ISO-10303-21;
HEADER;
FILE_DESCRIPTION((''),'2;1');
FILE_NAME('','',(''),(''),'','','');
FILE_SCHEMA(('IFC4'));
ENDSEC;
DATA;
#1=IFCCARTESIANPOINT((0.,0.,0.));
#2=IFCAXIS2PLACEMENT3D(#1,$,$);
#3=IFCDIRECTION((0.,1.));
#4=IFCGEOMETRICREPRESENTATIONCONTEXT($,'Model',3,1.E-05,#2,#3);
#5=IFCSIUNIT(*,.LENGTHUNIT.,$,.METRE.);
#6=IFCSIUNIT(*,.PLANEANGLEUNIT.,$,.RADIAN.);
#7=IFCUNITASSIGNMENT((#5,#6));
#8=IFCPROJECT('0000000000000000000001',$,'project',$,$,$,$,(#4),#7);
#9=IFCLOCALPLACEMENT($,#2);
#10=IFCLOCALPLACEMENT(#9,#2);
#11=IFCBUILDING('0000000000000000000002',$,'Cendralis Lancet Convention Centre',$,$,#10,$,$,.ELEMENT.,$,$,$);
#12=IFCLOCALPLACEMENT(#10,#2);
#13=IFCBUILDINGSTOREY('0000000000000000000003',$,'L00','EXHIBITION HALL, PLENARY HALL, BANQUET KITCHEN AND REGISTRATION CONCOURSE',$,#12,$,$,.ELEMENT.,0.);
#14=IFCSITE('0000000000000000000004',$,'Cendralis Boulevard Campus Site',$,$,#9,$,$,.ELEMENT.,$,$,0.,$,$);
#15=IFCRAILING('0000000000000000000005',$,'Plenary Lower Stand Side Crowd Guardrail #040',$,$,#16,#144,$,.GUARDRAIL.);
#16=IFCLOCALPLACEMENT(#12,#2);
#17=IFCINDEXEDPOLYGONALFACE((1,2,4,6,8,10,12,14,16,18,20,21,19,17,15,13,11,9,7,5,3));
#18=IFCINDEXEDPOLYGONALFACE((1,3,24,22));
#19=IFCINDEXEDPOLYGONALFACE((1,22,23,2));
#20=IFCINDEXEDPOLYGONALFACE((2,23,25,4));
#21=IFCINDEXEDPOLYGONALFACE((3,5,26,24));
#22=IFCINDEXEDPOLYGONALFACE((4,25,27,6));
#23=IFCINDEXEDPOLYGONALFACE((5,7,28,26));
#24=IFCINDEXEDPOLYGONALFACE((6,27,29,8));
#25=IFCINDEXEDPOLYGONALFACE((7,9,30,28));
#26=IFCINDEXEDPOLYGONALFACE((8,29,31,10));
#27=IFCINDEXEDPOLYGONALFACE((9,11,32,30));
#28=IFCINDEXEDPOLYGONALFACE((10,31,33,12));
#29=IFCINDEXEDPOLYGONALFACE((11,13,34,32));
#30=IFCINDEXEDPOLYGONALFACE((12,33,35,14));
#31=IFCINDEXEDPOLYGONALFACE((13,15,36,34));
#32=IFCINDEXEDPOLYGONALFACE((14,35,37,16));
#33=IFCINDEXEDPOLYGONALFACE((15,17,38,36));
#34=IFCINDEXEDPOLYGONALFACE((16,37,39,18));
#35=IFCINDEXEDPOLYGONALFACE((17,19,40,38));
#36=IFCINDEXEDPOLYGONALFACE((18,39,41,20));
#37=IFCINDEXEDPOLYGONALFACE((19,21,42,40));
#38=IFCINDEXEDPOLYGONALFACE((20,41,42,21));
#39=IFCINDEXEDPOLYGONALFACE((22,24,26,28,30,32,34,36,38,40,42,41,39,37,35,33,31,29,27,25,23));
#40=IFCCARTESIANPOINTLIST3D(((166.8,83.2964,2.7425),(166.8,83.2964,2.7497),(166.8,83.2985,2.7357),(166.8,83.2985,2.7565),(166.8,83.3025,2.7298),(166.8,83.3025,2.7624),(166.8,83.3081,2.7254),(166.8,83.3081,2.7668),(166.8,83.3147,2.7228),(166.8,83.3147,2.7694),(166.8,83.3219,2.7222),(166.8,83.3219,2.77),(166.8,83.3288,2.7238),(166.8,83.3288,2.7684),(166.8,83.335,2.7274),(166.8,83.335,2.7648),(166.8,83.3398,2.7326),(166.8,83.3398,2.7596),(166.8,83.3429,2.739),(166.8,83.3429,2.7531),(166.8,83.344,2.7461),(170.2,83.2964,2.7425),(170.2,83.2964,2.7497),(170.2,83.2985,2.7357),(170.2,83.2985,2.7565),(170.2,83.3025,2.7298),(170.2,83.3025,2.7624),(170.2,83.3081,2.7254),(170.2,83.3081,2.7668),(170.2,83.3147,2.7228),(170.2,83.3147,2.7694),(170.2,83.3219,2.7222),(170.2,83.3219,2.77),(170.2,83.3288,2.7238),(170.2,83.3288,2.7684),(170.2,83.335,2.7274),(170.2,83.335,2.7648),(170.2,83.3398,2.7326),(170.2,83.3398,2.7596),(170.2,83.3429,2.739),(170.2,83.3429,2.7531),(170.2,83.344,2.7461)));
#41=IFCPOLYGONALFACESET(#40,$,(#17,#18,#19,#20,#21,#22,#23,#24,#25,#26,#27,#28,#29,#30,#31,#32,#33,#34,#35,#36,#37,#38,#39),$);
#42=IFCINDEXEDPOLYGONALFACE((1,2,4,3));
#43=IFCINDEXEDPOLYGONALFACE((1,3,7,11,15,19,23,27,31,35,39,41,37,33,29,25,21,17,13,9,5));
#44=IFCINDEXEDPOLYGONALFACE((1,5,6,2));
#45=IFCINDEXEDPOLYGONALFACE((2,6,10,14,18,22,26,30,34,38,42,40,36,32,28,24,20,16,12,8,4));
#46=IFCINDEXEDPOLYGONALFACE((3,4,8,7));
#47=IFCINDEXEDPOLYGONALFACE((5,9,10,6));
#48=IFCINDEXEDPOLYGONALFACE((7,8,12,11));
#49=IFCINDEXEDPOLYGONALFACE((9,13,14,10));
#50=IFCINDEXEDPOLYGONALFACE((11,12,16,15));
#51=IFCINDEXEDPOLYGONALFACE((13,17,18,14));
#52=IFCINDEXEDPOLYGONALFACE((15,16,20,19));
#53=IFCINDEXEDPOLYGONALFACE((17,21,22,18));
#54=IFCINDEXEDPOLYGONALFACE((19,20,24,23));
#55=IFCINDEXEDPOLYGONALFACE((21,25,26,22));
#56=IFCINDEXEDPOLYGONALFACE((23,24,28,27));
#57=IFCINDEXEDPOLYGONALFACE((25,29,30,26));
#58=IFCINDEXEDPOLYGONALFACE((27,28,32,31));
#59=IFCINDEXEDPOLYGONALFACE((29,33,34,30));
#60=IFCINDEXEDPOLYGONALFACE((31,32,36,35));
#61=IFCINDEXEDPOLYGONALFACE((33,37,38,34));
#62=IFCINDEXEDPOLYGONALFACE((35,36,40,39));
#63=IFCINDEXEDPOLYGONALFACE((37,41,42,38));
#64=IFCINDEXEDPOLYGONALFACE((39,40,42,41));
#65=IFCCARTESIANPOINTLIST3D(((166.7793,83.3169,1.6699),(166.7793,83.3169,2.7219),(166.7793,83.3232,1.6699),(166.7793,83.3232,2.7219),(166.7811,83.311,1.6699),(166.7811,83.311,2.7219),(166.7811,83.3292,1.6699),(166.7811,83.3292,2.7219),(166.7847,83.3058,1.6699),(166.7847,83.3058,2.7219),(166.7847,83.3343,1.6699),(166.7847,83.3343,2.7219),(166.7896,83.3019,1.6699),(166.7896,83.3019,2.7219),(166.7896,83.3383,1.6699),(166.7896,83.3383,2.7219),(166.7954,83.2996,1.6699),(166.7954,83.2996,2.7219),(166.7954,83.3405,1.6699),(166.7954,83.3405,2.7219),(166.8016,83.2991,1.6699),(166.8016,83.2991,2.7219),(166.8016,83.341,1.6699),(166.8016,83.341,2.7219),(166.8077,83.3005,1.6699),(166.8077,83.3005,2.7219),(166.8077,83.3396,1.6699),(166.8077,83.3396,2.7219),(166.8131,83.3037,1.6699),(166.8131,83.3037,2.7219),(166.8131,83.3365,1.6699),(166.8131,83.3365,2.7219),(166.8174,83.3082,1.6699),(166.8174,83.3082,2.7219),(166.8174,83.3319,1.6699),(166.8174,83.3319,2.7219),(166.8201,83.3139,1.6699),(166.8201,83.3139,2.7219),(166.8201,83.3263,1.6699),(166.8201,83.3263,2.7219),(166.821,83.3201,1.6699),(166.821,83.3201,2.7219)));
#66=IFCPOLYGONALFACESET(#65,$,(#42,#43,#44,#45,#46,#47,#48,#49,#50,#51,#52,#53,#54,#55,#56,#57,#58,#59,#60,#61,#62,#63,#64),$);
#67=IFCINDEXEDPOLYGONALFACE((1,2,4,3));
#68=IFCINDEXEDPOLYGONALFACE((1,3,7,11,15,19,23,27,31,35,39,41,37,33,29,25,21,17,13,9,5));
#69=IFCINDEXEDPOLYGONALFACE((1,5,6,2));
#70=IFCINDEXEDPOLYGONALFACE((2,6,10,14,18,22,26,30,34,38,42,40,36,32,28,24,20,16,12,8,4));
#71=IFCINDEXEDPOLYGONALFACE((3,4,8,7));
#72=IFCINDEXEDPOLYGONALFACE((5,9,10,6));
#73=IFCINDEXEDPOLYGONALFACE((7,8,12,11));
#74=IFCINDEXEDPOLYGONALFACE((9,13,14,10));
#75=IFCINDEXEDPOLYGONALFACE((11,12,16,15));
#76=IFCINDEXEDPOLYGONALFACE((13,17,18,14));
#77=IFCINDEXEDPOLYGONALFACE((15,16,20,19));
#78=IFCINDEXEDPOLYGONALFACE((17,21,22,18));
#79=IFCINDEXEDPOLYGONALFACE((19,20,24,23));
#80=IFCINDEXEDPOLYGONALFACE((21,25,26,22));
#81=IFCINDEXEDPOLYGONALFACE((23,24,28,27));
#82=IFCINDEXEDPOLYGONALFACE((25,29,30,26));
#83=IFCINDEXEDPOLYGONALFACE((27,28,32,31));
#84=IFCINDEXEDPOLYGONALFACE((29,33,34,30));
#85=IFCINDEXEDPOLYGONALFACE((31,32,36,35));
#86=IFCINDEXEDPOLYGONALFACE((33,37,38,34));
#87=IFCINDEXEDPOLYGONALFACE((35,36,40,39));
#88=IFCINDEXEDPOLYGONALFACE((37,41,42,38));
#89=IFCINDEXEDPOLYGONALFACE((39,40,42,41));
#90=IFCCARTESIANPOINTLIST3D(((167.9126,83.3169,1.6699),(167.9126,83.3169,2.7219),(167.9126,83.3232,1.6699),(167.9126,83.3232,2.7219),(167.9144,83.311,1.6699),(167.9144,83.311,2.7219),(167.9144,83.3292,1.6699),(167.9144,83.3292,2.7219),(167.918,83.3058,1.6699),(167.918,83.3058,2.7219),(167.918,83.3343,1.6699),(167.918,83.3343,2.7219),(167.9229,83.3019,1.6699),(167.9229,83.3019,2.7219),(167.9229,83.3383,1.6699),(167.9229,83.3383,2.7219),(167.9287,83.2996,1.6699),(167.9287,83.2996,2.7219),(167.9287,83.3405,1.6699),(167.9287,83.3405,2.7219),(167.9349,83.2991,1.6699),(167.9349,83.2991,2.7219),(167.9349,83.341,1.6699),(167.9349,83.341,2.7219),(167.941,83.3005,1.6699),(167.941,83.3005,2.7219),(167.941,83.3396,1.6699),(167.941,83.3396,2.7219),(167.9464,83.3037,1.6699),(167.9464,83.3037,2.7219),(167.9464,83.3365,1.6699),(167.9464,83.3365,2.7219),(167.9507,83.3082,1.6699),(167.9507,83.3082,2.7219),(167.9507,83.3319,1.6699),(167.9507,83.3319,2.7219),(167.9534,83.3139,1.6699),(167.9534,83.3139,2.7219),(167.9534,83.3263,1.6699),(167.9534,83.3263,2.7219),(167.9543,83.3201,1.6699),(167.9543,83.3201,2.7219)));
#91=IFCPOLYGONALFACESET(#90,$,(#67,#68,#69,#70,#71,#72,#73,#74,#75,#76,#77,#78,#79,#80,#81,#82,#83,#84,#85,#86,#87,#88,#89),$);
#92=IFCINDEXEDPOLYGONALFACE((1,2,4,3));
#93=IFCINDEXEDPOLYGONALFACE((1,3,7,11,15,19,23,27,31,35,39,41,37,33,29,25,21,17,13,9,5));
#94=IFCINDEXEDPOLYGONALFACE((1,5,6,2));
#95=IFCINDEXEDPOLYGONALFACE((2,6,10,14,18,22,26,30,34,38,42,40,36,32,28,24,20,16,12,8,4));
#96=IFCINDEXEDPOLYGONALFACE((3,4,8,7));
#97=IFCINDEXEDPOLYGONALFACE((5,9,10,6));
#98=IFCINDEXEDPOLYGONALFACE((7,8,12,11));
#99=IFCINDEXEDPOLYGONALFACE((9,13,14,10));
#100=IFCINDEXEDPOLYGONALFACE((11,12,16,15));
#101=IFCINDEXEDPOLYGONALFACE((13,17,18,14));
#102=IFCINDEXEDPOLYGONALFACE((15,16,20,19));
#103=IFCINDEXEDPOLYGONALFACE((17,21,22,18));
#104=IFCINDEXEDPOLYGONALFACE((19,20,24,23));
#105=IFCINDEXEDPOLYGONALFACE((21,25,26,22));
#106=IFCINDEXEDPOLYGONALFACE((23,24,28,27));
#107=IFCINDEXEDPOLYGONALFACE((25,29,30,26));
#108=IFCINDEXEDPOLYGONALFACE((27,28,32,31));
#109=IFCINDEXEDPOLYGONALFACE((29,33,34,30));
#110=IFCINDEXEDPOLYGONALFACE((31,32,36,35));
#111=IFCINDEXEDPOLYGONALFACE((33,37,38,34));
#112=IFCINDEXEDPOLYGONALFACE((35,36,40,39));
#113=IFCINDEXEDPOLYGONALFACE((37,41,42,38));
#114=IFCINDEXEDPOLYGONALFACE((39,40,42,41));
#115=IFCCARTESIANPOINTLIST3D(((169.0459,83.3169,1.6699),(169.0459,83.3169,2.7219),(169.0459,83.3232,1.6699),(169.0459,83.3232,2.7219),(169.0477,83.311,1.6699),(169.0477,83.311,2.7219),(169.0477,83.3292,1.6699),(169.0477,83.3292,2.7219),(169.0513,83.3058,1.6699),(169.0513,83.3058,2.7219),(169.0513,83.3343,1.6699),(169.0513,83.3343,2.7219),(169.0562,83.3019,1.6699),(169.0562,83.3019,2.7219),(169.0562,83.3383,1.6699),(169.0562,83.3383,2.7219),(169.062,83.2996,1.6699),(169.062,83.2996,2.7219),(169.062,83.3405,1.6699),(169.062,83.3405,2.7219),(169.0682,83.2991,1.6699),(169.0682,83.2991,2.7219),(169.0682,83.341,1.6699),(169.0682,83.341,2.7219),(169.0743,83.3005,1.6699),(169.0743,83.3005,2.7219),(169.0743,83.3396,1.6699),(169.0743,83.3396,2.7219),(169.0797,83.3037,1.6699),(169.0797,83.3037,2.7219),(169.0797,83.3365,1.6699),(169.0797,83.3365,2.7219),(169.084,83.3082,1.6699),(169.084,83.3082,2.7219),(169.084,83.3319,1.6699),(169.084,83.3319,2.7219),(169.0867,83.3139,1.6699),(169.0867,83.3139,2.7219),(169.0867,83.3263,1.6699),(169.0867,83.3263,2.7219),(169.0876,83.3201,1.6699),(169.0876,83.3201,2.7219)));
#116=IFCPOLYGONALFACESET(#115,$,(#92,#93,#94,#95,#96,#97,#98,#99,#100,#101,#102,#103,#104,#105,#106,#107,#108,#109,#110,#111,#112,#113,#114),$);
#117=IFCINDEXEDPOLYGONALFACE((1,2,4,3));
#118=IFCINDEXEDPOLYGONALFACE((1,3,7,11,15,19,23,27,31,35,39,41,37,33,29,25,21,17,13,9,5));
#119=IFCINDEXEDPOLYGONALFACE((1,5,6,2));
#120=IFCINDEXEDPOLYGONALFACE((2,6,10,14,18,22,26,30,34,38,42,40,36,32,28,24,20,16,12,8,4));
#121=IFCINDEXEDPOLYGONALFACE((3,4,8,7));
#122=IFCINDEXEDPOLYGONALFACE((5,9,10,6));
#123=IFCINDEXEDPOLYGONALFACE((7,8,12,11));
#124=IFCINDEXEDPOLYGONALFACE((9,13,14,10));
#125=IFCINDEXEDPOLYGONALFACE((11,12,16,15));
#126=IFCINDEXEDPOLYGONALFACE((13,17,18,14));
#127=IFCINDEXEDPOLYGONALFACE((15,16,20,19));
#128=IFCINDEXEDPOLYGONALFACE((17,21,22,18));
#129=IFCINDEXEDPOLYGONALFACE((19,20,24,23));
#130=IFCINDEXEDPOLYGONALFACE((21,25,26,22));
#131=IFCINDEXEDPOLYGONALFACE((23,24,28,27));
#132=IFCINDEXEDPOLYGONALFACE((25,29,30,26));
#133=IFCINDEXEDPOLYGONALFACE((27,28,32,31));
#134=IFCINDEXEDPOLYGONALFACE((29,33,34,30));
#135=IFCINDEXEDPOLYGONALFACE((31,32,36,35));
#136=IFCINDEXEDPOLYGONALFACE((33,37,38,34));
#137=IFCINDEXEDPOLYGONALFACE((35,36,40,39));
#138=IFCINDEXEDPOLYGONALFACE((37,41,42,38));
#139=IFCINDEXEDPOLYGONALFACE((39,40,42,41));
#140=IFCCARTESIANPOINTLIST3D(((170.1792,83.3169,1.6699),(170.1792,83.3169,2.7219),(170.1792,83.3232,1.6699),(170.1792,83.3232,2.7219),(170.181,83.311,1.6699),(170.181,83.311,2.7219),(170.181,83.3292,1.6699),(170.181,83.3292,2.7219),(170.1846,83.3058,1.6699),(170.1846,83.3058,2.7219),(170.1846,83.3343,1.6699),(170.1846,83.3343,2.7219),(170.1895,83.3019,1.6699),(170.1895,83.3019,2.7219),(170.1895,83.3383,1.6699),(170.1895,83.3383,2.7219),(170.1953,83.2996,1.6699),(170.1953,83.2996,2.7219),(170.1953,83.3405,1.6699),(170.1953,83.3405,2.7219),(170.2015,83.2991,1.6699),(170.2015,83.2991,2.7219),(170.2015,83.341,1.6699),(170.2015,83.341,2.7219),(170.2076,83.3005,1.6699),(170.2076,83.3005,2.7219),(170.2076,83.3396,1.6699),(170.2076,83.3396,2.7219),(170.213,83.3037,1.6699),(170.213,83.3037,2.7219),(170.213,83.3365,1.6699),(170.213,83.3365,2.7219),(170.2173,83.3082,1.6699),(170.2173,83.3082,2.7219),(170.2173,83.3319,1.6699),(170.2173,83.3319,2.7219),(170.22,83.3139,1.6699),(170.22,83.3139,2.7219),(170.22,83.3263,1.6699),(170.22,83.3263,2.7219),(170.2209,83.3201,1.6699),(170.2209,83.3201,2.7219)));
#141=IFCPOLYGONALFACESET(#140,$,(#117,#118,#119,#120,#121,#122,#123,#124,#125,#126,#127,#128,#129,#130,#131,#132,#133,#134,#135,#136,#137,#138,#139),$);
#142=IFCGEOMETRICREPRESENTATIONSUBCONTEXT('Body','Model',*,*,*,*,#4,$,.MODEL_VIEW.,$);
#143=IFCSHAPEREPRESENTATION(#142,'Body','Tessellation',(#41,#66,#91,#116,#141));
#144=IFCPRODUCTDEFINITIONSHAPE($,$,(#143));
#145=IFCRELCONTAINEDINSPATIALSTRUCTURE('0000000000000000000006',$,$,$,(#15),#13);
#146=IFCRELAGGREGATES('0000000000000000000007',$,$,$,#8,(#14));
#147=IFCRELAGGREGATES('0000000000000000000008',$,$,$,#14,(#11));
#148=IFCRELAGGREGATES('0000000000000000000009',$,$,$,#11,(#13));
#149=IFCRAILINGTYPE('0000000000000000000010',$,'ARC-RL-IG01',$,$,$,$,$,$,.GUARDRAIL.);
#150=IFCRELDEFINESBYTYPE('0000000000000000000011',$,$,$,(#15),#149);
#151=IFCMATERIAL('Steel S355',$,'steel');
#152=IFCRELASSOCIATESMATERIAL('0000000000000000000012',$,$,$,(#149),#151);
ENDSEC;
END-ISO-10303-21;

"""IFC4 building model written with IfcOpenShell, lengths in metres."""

from ifc_helpers import new_model, si_unit, direction, frame, origin, origin_2d, place, context, subcontext, project, spatial, circle, extrude, material, type_object, element, save


model = new_model("IFC4")

# Units and contexts
model_context = context("Model", 3, precision=1e-05, world=origin(), true_north=direction((0.0, 1.0)))
body_context = subcontext(model_context, "Body", "Model", "MODEL_VIEW")
ifc_project = project(units=[si_unit("LENGTHUNIT", "METRE"), si_unit("PLANEANGLEUNIT", "RADIAN")], contexts=[model_context])

# Site, building, storey
site_placement = place(None, origin())
site = spatial("IfcSite", under=ifc_project, at=site_placement, Name="Cendralis Boulevard Campus Site", CompositionType="ELEMENT", RefElevation=0.0)
building_placement = place(site_placement, origin())
building = spatial("IfcBuilding", under=site, at=building_placement, Name="Cendralis Lancet Convention Centre", CompositionType="ELEMENT")
storey_placement = place(building_placement, origin())
storey = spatial("IfcBuildingStorey", under=building, at=storey_placement, Name="L00", Description="EXHIBITION HALL, PLENARY HALL, BANQUET KITCHEN AND REGISTRATION CONCOURSE", CompositionType="ELEMENT", Elevation=0.0)

# Railing
ifc_material_1 = material(Name="Steel S355", Category="steel")
railing_type = type_object("IfcRailingType", Name="ARC-RL-IG01", PredefinedType="GUARDRAIL", material=ifc_material_1)
railing_placement = place(storey_placement, frame((166.8, 83.3201, 1.6699)))
element("IfcRailing", 1, at=railing_placement, inside=storey, type_object=railing_type, Name="Plenary Lower Stand Side Crowd Guardrail #040", PredefinedType="GUARDRAIL", context=body_context, shape_type="SweptSolid", body=[
    extrude(circle(Radius=0.0239, at=origin_2d()), frame((0.0, 0.0, 1.0762), z_axis=(1.0, 0.0, 0.0), x_axis=(0.0, 1.0, 0.0)), (0.0, 0.0, 1.0), 3.3999),
    extrude(circle(Radius=0.021, at=origin_2d()), origin(), (0.0, 0.0, 1.0), 1.052),
    extrude(circle(Radius=0.021, at=origin_2d()), frame((1.1333, 0.0, 0.0)), (0.0, 0.0, 1.0), 1.052),
    extrude(circle(Radius=0.021, at=origin_2d()), frame((2.2666, 0.0, 0.0)), (0.0, 0.0, 1.0), 1.052),
    extrude(circle(Radius=0.021, at=origin_2d()), frame((3.3999, 0.0, 0.0)), (0.0, 0.0, 1.0), 1.052),
])

save(model, "model.ifc")
